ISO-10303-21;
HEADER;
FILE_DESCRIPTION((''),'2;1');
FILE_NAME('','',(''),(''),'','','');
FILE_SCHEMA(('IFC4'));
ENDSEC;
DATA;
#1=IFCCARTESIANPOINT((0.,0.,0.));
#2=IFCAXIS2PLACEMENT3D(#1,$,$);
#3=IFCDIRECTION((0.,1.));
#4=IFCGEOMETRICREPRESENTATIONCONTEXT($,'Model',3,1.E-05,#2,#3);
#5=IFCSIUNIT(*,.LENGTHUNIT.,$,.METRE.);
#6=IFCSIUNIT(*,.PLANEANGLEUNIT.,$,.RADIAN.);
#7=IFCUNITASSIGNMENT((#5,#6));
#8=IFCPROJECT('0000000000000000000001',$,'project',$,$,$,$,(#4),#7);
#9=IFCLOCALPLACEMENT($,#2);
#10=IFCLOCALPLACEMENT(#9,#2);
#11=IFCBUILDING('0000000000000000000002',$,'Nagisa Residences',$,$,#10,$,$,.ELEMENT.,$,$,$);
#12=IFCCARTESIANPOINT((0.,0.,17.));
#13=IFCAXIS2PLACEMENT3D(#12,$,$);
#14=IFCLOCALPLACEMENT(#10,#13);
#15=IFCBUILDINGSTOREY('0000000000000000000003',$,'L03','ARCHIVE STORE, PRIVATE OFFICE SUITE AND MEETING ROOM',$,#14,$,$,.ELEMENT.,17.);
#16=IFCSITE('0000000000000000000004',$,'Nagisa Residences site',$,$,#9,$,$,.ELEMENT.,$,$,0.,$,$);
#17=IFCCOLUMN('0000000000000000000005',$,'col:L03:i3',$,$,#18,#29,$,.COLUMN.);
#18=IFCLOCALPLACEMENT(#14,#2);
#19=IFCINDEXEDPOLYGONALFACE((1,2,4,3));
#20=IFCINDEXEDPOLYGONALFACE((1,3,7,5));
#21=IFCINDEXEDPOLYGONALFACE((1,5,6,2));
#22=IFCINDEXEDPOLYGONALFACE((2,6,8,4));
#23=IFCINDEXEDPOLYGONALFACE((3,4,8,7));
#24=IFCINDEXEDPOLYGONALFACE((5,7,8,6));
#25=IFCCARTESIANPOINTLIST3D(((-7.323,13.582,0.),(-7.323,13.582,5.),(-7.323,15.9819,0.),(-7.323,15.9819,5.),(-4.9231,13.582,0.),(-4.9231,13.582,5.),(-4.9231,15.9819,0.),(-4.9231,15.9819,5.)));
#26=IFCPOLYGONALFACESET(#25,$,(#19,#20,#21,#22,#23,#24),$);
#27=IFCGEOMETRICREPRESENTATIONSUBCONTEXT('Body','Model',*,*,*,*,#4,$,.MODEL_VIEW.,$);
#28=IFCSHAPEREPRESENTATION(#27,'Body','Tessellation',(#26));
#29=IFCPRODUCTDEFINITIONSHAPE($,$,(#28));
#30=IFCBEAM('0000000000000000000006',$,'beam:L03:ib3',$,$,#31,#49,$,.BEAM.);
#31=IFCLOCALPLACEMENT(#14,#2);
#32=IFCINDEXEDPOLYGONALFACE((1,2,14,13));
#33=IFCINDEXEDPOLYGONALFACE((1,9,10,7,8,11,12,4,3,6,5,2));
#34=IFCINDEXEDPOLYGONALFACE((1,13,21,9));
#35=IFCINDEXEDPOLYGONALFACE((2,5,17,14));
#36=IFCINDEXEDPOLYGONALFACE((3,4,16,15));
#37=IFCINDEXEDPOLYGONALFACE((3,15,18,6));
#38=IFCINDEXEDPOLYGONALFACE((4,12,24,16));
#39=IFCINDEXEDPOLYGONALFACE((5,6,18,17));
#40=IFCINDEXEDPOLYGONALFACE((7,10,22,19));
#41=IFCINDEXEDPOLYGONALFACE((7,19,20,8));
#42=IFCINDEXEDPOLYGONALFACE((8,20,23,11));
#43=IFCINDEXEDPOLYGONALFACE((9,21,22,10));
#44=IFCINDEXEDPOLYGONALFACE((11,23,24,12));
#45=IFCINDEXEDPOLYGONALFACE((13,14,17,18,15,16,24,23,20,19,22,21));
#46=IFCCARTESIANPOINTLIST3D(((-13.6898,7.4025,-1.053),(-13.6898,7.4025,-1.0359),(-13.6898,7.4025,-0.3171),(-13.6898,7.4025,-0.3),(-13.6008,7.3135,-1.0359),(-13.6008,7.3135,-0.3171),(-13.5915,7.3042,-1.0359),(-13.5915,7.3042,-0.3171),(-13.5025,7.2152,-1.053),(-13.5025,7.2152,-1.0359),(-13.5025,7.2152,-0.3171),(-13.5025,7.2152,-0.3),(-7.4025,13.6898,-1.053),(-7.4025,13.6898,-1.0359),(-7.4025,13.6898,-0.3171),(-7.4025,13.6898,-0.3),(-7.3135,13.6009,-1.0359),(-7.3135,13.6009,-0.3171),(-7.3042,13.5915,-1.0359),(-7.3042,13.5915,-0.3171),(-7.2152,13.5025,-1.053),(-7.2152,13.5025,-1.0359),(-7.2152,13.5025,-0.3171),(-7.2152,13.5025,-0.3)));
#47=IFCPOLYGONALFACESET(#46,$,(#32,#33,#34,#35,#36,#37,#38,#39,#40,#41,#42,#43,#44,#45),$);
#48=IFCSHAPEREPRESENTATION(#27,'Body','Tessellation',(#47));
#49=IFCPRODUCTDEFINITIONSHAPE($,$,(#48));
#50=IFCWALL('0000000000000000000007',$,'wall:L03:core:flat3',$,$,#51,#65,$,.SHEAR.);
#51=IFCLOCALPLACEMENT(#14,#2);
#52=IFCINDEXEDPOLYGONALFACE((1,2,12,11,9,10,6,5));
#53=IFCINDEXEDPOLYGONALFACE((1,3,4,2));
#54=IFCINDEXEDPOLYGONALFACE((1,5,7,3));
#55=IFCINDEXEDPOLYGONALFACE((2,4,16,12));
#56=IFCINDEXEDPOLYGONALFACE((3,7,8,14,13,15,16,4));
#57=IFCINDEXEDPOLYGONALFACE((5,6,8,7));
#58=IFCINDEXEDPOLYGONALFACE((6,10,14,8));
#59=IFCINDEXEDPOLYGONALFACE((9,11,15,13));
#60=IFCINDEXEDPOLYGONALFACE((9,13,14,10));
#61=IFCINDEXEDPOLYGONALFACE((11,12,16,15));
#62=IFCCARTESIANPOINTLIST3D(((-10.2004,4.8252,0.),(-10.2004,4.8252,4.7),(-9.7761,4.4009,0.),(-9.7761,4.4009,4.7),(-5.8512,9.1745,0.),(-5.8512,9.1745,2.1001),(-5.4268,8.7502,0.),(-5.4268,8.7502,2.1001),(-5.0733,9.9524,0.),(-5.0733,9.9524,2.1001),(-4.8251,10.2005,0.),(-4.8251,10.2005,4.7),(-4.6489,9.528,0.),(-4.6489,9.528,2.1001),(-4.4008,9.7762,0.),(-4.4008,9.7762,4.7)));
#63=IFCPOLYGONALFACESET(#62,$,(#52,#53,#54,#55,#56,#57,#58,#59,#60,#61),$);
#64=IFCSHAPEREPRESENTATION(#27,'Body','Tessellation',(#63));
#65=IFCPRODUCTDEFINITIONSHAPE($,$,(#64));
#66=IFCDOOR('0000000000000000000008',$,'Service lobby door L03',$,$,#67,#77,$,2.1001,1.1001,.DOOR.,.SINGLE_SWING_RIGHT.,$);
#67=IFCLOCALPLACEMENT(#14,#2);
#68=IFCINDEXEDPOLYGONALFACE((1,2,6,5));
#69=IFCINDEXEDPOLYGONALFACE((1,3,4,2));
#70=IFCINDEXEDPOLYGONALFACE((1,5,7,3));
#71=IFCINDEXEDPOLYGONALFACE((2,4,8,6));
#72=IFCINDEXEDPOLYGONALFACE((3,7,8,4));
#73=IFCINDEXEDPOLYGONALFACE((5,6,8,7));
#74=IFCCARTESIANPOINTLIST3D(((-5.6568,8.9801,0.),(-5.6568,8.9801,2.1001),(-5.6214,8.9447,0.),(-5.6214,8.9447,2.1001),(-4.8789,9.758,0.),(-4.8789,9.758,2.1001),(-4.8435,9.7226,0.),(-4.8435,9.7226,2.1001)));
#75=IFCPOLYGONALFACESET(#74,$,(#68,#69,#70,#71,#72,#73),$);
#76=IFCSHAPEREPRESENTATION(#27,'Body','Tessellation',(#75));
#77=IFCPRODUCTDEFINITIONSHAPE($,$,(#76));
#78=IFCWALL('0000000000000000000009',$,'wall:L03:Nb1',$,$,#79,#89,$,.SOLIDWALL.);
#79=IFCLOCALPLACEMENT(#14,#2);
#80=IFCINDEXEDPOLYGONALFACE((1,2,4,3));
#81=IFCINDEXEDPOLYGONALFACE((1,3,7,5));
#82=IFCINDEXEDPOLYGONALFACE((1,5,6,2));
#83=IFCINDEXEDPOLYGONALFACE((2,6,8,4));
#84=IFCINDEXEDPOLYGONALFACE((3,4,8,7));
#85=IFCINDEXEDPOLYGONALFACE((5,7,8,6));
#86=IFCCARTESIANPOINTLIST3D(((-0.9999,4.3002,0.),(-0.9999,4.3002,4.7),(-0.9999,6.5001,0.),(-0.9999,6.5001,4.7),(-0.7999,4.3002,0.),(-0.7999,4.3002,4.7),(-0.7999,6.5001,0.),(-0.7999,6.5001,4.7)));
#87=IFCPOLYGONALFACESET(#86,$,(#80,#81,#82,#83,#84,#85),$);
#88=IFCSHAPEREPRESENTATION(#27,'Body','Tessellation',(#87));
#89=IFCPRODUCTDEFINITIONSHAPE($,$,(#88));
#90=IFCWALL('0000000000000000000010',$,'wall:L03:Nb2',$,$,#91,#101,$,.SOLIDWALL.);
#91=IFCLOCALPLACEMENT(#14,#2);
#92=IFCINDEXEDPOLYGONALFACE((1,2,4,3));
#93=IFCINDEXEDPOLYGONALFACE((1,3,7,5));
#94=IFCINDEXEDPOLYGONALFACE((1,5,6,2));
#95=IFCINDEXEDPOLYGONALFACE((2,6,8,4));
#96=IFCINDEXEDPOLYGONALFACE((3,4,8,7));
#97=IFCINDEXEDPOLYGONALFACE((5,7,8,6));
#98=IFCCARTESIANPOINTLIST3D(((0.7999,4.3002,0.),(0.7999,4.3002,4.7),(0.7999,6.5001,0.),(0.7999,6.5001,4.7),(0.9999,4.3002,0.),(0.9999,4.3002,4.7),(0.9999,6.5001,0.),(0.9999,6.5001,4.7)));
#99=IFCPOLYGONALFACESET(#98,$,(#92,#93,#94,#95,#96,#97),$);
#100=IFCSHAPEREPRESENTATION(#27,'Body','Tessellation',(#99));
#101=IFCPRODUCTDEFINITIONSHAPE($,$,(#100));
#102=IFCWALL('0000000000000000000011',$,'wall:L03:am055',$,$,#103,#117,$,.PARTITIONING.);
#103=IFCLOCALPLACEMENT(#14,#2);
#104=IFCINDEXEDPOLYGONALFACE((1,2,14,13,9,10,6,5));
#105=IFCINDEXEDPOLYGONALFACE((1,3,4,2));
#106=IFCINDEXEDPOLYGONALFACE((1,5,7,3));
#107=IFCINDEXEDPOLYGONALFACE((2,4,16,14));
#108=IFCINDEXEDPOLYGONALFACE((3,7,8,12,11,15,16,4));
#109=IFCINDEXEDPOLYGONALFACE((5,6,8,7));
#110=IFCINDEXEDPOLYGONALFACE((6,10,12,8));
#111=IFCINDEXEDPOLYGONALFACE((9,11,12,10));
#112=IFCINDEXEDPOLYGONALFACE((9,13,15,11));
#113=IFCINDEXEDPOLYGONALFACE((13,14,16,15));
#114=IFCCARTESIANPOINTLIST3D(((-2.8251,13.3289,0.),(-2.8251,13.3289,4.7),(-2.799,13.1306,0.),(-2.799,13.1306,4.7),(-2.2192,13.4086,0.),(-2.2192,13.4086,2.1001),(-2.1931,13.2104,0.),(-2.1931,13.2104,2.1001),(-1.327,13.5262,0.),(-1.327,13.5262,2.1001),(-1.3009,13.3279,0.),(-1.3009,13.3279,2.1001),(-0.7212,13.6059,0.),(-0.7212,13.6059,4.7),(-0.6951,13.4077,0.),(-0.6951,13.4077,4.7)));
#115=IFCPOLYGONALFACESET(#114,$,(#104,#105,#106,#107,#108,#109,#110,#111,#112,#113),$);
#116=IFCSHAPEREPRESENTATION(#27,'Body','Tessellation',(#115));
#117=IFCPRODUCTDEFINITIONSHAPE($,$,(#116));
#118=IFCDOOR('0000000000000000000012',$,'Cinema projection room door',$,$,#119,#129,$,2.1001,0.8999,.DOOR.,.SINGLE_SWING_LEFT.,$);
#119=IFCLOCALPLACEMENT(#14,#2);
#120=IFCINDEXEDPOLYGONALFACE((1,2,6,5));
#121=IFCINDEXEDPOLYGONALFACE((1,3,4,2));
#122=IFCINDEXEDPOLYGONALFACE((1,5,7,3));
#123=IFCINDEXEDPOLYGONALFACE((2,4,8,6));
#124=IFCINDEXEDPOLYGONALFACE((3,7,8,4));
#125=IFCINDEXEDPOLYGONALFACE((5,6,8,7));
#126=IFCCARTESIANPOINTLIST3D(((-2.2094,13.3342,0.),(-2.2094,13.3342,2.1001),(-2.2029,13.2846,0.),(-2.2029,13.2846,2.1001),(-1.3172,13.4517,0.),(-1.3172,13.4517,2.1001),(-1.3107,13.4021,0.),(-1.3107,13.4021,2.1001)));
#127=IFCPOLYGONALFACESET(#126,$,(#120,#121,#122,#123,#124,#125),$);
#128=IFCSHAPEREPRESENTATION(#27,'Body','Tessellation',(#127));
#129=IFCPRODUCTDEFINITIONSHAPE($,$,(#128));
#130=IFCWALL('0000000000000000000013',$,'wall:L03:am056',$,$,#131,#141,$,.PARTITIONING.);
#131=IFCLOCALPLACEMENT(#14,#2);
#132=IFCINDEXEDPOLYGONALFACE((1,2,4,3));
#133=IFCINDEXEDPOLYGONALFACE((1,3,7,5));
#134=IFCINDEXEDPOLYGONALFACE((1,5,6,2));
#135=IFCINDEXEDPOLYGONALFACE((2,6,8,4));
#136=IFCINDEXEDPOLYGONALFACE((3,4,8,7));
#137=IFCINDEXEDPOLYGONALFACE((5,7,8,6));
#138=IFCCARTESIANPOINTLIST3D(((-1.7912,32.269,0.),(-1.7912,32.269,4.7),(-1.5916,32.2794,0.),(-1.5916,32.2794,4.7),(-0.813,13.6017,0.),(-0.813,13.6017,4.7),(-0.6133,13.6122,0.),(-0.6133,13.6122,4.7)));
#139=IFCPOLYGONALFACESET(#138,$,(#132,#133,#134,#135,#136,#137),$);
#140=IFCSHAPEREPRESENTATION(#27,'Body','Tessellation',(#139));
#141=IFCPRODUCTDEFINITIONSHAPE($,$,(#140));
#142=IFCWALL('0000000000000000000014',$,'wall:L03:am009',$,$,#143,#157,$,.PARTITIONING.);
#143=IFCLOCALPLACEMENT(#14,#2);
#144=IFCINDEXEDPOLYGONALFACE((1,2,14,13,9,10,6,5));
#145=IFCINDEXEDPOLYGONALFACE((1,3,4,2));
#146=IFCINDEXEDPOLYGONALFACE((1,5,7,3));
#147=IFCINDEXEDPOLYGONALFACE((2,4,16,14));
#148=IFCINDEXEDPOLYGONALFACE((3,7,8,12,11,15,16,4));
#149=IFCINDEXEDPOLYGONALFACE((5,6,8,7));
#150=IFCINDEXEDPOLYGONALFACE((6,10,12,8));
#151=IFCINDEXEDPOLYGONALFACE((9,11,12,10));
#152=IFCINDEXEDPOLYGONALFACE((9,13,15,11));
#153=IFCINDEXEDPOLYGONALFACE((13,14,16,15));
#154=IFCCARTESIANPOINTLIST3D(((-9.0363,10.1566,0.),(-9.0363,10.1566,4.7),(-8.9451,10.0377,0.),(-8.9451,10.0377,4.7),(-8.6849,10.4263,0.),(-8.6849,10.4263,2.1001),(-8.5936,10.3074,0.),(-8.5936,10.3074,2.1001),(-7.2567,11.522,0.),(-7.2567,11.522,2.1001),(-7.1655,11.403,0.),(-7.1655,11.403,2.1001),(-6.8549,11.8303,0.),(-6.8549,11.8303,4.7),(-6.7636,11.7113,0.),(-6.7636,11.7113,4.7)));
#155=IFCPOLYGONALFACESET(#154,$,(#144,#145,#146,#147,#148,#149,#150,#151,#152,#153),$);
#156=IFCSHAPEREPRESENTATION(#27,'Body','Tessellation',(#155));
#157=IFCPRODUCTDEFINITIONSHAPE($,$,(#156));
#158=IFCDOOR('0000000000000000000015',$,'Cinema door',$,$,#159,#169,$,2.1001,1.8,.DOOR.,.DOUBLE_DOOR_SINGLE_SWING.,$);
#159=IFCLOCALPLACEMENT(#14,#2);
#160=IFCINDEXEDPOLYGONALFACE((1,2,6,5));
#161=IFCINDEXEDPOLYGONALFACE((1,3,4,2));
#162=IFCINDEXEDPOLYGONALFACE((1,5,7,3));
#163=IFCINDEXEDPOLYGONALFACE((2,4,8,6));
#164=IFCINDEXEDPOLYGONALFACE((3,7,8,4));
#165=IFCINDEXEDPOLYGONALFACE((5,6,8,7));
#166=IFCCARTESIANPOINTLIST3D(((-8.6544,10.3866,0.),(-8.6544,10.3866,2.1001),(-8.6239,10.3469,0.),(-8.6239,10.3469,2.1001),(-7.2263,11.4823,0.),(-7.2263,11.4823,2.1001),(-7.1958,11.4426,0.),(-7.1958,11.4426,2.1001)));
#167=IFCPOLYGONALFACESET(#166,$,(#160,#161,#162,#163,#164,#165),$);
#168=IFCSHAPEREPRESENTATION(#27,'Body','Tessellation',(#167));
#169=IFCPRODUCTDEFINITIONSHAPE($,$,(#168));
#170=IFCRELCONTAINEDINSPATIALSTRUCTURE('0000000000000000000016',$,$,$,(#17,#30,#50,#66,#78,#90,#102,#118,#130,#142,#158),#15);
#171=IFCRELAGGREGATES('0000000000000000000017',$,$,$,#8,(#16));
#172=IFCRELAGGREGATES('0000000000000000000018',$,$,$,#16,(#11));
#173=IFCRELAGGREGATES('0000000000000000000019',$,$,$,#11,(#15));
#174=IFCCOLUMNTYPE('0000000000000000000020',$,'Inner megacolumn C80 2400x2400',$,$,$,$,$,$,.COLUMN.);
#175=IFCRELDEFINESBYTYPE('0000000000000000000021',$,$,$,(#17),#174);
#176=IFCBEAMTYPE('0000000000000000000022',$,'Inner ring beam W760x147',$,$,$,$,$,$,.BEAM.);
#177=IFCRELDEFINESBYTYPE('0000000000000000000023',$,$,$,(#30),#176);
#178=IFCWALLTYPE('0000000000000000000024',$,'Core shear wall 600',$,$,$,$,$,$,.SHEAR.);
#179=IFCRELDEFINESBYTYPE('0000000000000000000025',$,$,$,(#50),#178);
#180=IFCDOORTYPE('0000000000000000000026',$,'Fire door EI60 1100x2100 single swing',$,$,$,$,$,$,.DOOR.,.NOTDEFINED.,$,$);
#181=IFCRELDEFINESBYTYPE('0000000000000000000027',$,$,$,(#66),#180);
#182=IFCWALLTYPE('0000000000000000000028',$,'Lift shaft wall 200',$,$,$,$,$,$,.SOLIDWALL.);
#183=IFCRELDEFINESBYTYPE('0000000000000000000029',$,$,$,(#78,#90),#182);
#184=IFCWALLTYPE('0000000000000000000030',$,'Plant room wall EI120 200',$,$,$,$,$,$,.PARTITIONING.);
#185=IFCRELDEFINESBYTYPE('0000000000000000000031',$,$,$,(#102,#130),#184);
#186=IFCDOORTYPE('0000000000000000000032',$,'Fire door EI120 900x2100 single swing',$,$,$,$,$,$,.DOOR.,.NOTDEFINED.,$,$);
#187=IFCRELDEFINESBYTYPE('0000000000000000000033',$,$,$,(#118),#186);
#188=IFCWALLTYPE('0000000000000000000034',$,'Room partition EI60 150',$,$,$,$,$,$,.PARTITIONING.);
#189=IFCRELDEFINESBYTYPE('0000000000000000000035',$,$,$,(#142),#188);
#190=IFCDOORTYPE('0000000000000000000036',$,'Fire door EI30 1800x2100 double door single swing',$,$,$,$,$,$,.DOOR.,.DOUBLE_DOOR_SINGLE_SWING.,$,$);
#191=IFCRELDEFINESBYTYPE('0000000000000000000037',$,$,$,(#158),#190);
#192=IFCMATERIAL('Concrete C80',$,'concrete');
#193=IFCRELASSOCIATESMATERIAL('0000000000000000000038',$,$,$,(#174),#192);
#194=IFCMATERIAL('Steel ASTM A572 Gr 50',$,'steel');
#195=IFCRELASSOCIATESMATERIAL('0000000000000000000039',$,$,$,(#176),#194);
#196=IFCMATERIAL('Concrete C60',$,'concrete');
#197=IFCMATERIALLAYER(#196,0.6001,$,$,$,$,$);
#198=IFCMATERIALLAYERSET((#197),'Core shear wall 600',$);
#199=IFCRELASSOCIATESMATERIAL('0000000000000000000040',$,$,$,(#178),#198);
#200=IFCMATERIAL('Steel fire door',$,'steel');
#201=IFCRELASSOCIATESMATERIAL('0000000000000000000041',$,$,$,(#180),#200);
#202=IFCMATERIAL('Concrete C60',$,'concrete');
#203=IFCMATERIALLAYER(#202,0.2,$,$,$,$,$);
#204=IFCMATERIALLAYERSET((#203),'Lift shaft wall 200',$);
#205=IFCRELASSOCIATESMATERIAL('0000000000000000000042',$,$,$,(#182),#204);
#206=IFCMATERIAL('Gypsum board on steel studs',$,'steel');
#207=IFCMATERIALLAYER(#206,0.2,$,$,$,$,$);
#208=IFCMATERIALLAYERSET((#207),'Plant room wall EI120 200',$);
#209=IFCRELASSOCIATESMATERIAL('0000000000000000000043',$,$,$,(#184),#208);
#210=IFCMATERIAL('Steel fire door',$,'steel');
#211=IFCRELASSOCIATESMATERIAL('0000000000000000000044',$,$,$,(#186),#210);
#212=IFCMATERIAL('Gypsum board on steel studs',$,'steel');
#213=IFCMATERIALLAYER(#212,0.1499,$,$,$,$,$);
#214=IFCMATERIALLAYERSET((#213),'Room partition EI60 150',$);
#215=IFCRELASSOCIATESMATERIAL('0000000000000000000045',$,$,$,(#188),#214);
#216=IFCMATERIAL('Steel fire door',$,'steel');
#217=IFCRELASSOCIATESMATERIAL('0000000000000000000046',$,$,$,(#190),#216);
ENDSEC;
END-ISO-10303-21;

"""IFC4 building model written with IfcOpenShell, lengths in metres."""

from ifc_helpers import new_model, si_unit, direction, frame, frame_2d, origin, origin_2d, place, context, subcontext, project, spatial, rectangle, i_section, extrude, material, layer, layer_set, material_profile, profile_set, type_object, element, fill, save


model = new_model("IFC4")

# Units and contexts
model_context = context("Model", 3, precision=1e-05, world=origin(), true_north=direction((0.0, 1.0)))
body_context = subcontext(model_context, "Body", "Model", "MODEL_VIEW")
ifc_project = project(units=[si_unit("LENGTHUNIT", "METRE"), si_unit("PLANEANGLEUNIT", "RADIAN")], contexts=[model_context])

# Site, building, storey
site_placement = place(None, origin())
site = spatial("IfcSite", under=ifc_project, at=site_placement, Name="Nagisa Residences site", CompositionType="ELEMENT", RefElevation=0.0)
building_placement = place(site_placement, origin())
building = spatial("IfcBuilding", under=site, at=building_placement, Name="Nagisa Residences", CompositionType="ELEMENT")
storey_placement = place(building_placement, frame((0.0, 0.0, 17.0)))
storey = spatial("IfcBuildingStorey", under=building, at=storey_placement, Name="L03", Description="ARCHIVE STORE, PRIVATE OFFICE SUITE AND MEETING ROOM", CompositionType="ELEMENT", Elevation=17.0)

# Column
ifc_material_1 = material(Name="Concrete C80", Category="concrete")
ifc_material_profile_1 = material_profile(ifc_material_1, rectangle(XDim=2.3999, YDim=2.3999, at=origin_2d()), Name="C80 2400x2400")
ifc_profile_set_1 = profile_set([ifc_material_profile_1], Name="Concrete C80")
column_type = type_object("IfcColumnType", Name="Inner megacolumn C80 2400x2400", PredefinedType="COLUMN", material=ifc_profile_set_1)
column_placement = place(storey_placement, frame((-6.123, 14.782, 0.0), z_axis=(0.0, 0.0, 1.0), x_axis=(1.0, 0.0, 0.0)))
element("IfcColumn", 1, at=column_placement, inside=storey, type_object=column_type, Name="col:L03:i3", PredefinedType="COLUMN", context=body_context, shape_type="SweptSolid", body=[
    extrude(rectangle(XDim=2.3999, YDim=2.3999, at=origin_2d()), origin(), (0.0, 0.0, 1.0), 5.0),
])

# Beam
ifc_material_2 = material(Name="Steel ASTM A572 Gr 50", Category="steel")
ifc_material_profile_2 = material_profile(ifc_material_2, i_section(OverallWidth=0.2649, OverallDepth=0.7529, WebThickness=0.0132, FlangeThickness=0.0171, at=origin_2d()), Name="W760x147")
ifc_profile_set_2 = profile_set([ifc_material_profile_2], Name="Steel ASTM A572 Gr 50")
beam_type = type_object("IfcBeamType", Name="Inner ring beam W760x147", PredefinedType="BEAM", material=ifc_profile_set_2)
beam_placement = place(storey_placement, frame((-7.3088, 13.5962, -0.6765), z_axis=(-0.707107, -0.707107, 0.0), x_axis=(0.707107, -0.707107, 0.0)))
element("IfcBeam", 2, at=beam_placement, inside=storey, type_object=beam_type, Name="beam:L03:ib3", PredefinedType="BEAM", context=body_context, shape_type="SweptSolid", body=[
    extrude(i_section(OverallWidth=0.2649, OverallDepth=0.7529, WebThickness=0.0132, FlangeThickness=0.0171, at=origin_2d()), origin(), (0.0, 0.0, 1.0), 8.8916),
])

# Wall, opening, door
ifc_material_3 = material(Name="Concrete C60", Category="concrete")
ifc_layer_1 = layer(ifc_material_3, 0.6001)
ifc_layer_set_1 = layer_set([ifc_layer_1], Name="Core shear wall 600")
wall_type_1 = type_object("IfcWallType", Name="Core shear wall 600", PredefinedType="SHEAR", material=ifc_layer_set_1)
wall_1_placement = place(storey_placement, frame((-4.613, 9.9883, 0.0), z_axis=(0.0, 0.0, 1.0), x_axis=(-0.707107, -0.707107, 0.0)))
wall_1 = element("IfcWall", 3, at=wall_1_placement, inside=storey, type_object=wall_type_1, Name="wall:L03:core:flat3", PredefinedType="SHEAR", context=body_context, shape_type="SweptSolid", body=[
    extrude(rectangle(XDim=7.6018, YDim=0.6001, at=frame_2d((3.8008, 0.0))), origin(), (0.0, 0.0, 1.0), 4.7),
])
opening_1_placement = place(wall_1_placement, frame((0.3508, 0.0, 0.0)))
opening_1 = element("IfcOpeningElement", 4, at=opening_1_placement, cuts=wall_1, PredefinedType="OPENING", context=body_context, shape_type="SweptSolid", body=[
    extrude(rectangle(XDim=1.1001, YDim=2.1001, at=frame_2d((0.55, 1.05))), frame((0.0, 0.3101, 0.0), z_axis=(0.0, -1.0, 0.0), x_axis=(1.0, 0.0, 0.0)), (0.0, 0.0, 1.0), 0.6201),
])
ifc_material_4 = material(Name="Steel fire door", Category="steel")
door_type_1 = type_object("IfcDoorType", Name="Fire door EI60 1100x2100 single swing", OperationType="NOTDEFINED", PredefinedType="DOOR", material=ifc_material_4)
door_1_placement = place(opening_1_placement, origin())
door_1 = element("IfcDoor", 5, at=door_1_placement, inside=storey, type_object=door_type_1, Name="Service lobby door L03", OperationType="SINGLE_SWING_RIGHT", OverallHeight=2.1001, OverallWidth=1.1001, PredefinedType="DOOR", context=body_context, shape_type="SweptSolid", body=[
    extrude(rectangle(XDim=1.1001, YDim=2.1001, at=frame_2d((0.55, 1.05))), frame((0.0, 0.0249, 0.0), z_axis=(0.0, -1.0, 0.0), x_axis=(1.0, 0.0, 0.0)), (0.0, 0.0, 1.0), 0.05),
])
fill(opening_1, door_1)

# Walls
ifc_material_5 = material(Name="Concrete C60", Category="concrete")
ifc_layer_2 = layer(ifc_material_5, 0.2)
ifc_layer_set_2 = layer_set([ifc_layer_2], Name="Lift shaft wall 200")
wall_type_2 = type_object("IfcWallType", Name="Lift shaft wall 200", PredefinedType="SOLIDWALL", material=ifc_layer_set_2)
for number, where, z_axis, x_axis, name in (
    (6, (-0.8999, 4.3, 0.0), (0.0, 0.0, 1.0), (0.0, 1.0, 0.0), "wall:L03:Nb1"),
    (7, (0.8999, 4.3, 0.0), (0.0, 0.0, 1.0), (0.0, 1.0, 0.0), "wall:L03:Nb2"),
):
    element("IfcWall", number, at=place(storey_placement, frame(where, z_axis=z_axis, x_axis=x_axis)), inside=storey, type_object=wall_type_2, Name=name, PredefinedType="SOLIDWALL", context=body_context, shape_type="SweptSolid", body=[
        extrude(rectangle(XDim=2.2, YDim=0.2, at=frame_2d((1.1001, 0.0))), origin(), (0.0, 0.0, 1.0), 4.7),
    ])

# Wall, opening, door
ifc_material_6 = material(Name="Gypsum board on steel studs", Category="steel")
ifc_layer_3 = layer(ifc_material_6, 0.2)
ifc_layer_set_3 = layer_set([ifc_layer_3], Name="Plant room wall EI120 200")
wall_type_3 = type_object("IfcWallType", Name="Plant room wall EI120 200", PredefinedType="PARTITIONING", material=ifc_layer_set_3)
wall_2_placement = place(storey_placement, frame((-2.812, 13.2297, 0.0), z_axis=(0.0, 0.0, 1.0), x_axis=(0.991439, 0.130574, 0.0)))
wall_2 = element("IfcWall", 8, at=wall_2_placement, inside=storey, type_object=wall_type_3, Name="wall:L03:am055", PredefinedType="PARTITIONING", context=body_context, shape_type="SweptSolid", body=[
    extrude(rectangle(XDim=2.1221, YDim=0.2, at=frame_2d((1.061, 0.0))), origin(), (0.0, 0.0, 1.0), 4.7),
])
opening_2_placement = place(wall_2_placement, frame((0.6111, 0.0, 0.0)))
opening_2 = element("IfcOpeningElement", 9, at=opening_2_placement, cuts=wall_2, PredefinedType="OPENING", context=body_context, shape_type="SweptSolid", body=[
    extrude(rectangle(XDim=0.8999, YDim=2.1001, at=frame_2d((0.45, 1.05))), frame((0.0, 0.1099, 0.0), z_axis=(0.0, -1.0, 0.0), x_axis=(1.0, 0.0, 0.0)), (0.0, 0.0, 1.0), 0.22),
])
ifc_material_7 = material(Name="Steel fire door", Category="steel")
door_type_2 = type_object("IfcDoorType", Name="Fire door EI120 900x2100 single swing", OperationType="NOTDEFINED", PredefinedType="DOOR", material=ifc_material_7)
door_2_placement = place(opening_2_placement, origin())
door_2 = element("IfcDoor", 10, at=door_2_placement, inside=storey, type_object=door_type_2, Name="Cinema projection room door", OperationType="SINGLE_SWING_LEFT", OverallHeight=2.1001, OverallWidth=0.8999, PredefinedType="DOOR", context=body_context, shape_type="SweptSolid", body=[
    extrude(rectangle(XDim=0.8999, YDim=2.1001, at=frame_2d((0.45, 1.05))), frame((0.0, 0.0249, 0.0), z_axis=(0.0, -1.0, 0.0), x_axis=(1.0, 0.0, 0.0)), (0.0, 0.0, 1.0), 0.05),
])
fill(opening_2, door_2)

# Wall
wall_3_placement = place(storey_placement, frame((-0.7131, 13.6069, 0.0), z_axis=(0.0, 0.0, 1.0), x_axis=(-0.052334, 0.99863, 0.0)))
element("IfcWall", 11, at=wall_3_placement, inside=storey, type_object=wall_type_3, Name="wall:L03:am056", PredefinedType="PARTITIONING", context=body_context, shape_type="SweptSolid", body=[
    extrude(rectangle(XDim=18.6929, YDim=0.2, at=frame_2d((9.3464, 0.0))), origin(), (0.0, 0.0, 1.0), 4.7),
])

# Wall, opening, door
ifc_material_8 = material(Name="Gypsum board on steel studs", Category="steel")
ifc_layer_4 = layer(ifc_material_8, 0.1499)
ifc_layer_set_4 = layer_set([ifc_layer_4], Name="Room partition EI60 150")
wall_type_4 = type_object("IfcWallType", Name="Room partition EI60 150", PredefinedType="PARTITIONING", material=ifc_layer_set_4)
wall_4_placement = place(storey_placement, frame((-8.9907, 10.0972, 0.0), z_axis=(0.0, 0.0, 1.0), x_axis=(0.793399, 0.608702, 0.0)))
wall_4 = element("IfcWall", 12, at=wall_4_placement, inside=storey, type_object=wall_type_4, Name="wall:L03:am009", PredefinedType="PARTITIONING", context=body_context, shape_type="SweptSolid", body=[
    extrude(rectangle(XDim=2.7495, YDim=0.1499, at=frame_2d((1.3748, 0.0))), origin(), (0.0, 0.0, 1.0), 4.7),
])
opening_3_placement = place(wall_4_placement, frame((0.4431, 0.0, 0.0)))
opening_3 = element("IfcOpeningElement", 13, at=opening_3_placement, cuts=wall_4, PredefinedType="OPENING", context=body_context, shape_type="SweptSolid", body=[
    extrude(rectangle(XDim=1.8, YDim=2.1001, at=frame_2d((0.8999, 1.05))), frame((0.0, 0.085, 0.0), z_axis=(0.0, -1.0, 0.0), x_axis=(1.0, 0.0, 0.0)), (0.0, 0.0, 1.0), 0.1699),
])
ifc_material_9 = material(Name="Steel fire door", Category="steel")
door_type_3 = type_object("IfcDoorType", Name="Fire door EI30 1800x2100 double door single swing", OperationType="DOUBLE_DOOR_SINGLE_SWING", PredefinedType="DOOR", material=ifc_material_9)
door_3_placement = place(opening_3_placement, origin())
door_3 = element("IfcDoor", 14, at=door_3_placement, inside=storey, type_object=door_type_3, Name="Cinema door", OperationType="DOUBLE_DOOR_SINGLE_SWING", OverallHeight=2.1001, OverallWidth=1.8, PredefinedType="DOOR", context=body_context, shape_type="SweptSolid", body=[
    extrude(rectangle(XDim=1.8, YDim=2.1001, at=frame_2d((0.8999, 1.05))), frame((0.0, 0.0249, 0.0), z_axis=(0.0, -1.0, 0.0), x_axis=(1.0, 0.0, 0.0)), (0.0, 0.0, 1.0), 0.05),
])
fill(opening_3, door_3)

save(model, "model.ifc")
